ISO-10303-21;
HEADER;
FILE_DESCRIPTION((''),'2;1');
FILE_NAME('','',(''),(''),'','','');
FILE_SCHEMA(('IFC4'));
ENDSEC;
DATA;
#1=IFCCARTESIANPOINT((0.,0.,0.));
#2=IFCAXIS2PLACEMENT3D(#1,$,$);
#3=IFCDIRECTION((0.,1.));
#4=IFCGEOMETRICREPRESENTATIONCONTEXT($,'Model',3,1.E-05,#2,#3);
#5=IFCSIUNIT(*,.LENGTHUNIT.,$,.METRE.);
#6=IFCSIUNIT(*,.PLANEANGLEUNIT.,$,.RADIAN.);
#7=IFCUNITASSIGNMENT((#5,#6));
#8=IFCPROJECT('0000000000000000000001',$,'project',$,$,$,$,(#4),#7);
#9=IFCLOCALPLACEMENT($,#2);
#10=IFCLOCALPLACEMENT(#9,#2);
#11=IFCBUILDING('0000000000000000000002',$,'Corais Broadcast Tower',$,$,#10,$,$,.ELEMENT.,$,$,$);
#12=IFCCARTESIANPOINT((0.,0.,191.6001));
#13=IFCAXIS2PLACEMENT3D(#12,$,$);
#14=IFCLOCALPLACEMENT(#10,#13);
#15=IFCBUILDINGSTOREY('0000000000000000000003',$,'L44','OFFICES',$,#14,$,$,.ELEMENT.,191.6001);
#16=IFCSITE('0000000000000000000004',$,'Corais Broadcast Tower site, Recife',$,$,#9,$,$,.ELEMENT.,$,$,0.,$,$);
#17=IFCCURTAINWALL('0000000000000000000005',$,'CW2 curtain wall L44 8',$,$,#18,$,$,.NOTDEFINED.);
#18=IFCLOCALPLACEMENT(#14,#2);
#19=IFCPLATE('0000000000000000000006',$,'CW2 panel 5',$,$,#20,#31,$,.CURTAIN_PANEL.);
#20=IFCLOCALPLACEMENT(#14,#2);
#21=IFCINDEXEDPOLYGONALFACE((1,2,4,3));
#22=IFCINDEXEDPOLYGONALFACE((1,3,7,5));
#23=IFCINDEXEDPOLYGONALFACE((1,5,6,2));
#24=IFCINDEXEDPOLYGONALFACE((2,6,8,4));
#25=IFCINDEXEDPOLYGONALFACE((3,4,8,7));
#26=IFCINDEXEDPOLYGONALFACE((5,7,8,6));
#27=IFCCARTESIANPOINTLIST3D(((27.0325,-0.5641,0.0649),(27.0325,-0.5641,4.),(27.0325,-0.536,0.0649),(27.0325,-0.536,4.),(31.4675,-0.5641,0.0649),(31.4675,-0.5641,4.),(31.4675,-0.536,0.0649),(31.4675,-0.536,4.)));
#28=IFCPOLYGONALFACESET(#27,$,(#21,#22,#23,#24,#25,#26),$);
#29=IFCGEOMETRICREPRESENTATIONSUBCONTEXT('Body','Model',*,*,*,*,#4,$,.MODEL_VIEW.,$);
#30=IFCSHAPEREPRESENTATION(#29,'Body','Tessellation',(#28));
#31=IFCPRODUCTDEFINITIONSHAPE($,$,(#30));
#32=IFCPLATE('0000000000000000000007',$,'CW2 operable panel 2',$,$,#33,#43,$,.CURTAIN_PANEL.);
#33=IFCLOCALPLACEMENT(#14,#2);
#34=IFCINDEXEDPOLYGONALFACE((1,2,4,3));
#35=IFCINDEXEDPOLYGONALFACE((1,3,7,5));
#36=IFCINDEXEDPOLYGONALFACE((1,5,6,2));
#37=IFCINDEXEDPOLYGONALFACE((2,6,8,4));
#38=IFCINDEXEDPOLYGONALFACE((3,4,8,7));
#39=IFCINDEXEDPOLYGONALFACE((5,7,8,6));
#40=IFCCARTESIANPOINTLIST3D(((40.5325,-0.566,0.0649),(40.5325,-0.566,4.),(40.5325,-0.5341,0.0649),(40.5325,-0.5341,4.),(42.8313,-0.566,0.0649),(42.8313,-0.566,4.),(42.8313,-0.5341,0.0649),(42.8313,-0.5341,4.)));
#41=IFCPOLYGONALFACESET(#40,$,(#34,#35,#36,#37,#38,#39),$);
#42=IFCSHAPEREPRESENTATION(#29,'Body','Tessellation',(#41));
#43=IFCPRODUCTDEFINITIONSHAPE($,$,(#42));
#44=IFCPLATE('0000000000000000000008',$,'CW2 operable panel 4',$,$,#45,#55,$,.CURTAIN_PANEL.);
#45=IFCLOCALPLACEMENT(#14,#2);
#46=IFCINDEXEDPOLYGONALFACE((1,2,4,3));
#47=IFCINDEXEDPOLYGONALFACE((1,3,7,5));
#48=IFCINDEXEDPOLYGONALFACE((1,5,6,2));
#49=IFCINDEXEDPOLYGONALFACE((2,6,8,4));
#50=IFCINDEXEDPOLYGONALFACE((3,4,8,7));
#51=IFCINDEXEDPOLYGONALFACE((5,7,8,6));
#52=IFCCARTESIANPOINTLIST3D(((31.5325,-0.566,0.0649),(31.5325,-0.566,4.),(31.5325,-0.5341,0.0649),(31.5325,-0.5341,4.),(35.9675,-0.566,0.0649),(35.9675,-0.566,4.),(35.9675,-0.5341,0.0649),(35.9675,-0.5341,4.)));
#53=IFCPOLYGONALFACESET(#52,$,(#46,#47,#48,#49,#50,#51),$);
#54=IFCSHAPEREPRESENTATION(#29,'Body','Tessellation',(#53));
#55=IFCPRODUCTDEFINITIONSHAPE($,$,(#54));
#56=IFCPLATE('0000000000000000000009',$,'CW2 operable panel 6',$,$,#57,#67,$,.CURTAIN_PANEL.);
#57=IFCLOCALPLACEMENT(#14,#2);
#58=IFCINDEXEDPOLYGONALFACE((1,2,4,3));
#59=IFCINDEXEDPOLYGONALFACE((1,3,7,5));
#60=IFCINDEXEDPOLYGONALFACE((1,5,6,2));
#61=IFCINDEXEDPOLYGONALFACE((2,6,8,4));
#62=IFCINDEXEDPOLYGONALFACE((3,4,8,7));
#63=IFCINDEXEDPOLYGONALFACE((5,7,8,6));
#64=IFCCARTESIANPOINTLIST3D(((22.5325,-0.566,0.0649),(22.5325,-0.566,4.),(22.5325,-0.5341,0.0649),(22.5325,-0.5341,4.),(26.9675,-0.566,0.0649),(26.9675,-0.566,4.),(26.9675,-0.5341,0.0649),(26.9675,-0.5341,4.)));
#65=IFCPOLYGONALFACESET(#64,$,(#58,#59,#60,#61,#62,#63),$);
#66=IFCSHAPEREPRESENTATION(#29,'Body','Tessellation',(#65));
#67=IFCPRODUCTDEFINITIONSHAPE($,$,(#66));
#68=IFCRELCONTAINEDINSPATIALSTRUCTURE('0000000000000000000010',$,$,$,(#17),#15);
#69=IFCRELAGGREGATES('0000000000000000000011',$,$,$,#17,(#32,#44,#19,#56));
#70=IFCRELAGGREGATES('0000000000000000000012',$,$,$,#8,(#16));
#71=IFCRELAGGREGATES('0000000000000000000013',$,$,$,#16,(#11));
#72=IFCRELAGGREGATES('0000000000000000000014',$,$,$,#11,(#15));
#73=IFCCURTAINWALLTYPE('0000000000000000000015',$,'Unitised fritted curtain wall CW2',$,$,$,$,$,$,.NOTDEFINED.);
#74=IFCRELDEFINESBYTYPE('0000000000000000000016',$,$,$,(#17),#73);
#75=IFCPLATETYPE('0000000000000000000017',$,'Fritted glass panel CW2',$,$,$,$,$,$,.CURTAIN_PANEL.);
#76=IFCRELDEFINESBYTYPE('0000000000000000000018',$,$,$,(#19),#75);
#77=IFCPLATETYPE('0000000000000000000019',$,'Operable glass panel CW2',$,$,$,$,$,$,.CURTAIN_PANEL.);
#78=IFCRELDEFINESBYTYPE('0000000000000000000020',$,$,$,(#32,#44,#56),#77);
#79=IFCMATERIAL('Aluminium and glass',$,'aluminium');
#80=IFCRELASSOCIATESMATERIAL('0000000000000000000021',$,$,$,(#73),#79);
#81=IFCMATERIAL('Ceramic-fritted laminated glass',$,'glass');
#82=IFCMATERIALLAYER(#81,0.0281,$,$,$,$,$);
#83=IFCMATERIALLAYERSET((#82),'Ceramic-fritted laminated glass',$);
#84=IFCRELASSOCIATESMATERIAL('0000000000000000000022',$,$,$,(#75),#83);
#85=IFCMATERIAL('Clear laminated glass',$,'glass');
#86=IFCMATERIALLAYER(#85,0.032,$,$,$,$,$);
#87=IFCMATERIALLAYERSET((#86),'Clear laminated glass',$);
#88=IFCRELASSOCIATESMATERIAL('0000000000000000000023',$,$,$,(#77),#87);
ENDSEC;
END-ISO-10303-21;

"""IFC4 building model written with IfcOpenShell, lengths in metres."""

from ifc_helpers import new_model, si_unit, direction, frame, origin, origin_2d, place, context, subcontext, project, spatial, rectangle, extrude, material, layer, layer_set, type_object, element, aggregate, save


model = new_model("IFC4")

# Units and contexts
model_context = context("Model", 3, precision=1e-05, world=origin(), true_north=direction((0.0, 1.0)))
body_context = subcontext(model_context, "Body", "Model", "MODEL_VIEW")
ifc_project = project(units=[si_unit("LENGTHUNIT", "METRE"), si_unit("PLANEANGLEUNIT", "RADIAN")], contexts=[model_context])

# Site, building, storey
site_placement = place(None, origin())
site = spatial("IfcSite", under=ifc_project, at=site_placement, Name="Corais Broadcast Tower site, Recife", CompositionType="ELEMENT", RefElevation=0.0)
building_placement = place(site_placement, origin())
building = spatial("IfcBuilding", under=site, at=building_placement, Name="Corais Broadcast Tower", CompositionType="ELEMENT")
storey_placement = place(building_placement, frame((0.0, 0.0, 191.6001)))
storey = spatial("IfcBuildingStorey", under=building, at=storey_placement, Name="L44", Description="OFFICES", CompositionType="ELEMENT", Elevation=191.6001)

# Curtain wall
ifc_material_1 = material(Name="Aluminium and glass", Category="aluminium")
curtain_wall_type = type_object("IfcCurtainWallType", Name="Unitised fritted curtain wall CW2", PredefinedType="NOTDEFINED", material=ifc_material_1)
curtain_wall_placement = place(storey_placement, origin())
curtain_wall = element("IfcCurtainWall", 1, at=curtain_wall_placement, inside=storey, type_object=curtain_wall_type, Name="CW2 curtain wall L44 8", PredefinedType="NOTDEFINED")

# Plates
ifc_material_2 = material(Name="Ceramic-fritted laminated glass", Category="glass")
ifc_layer_1 = layer(ifc_material_2, 0.0281)
ifc_layer_set_1 = layer_set([ifc_layer_1], Name="Ceramic-fritted laminated glass")
plate_type_1 = type_object("IfcPlateType", Name="Fritted glass panel CW2", PredefinedType="CURTAIN_PANEL", material=ifc_layer_set_1)
plate_1_placement = place(storey_placement, frame((29.25, -0.55, 0.0649), z_axis=(0.0, 0.0, 1.0), x_axis=(-1.0, 0.0, 0.0)))
plate_1 = element("IfcPlate", 2, at=plate_1_placement, type_object=plate_type_1, Name="CW2 panel 5", PredefinedType="CURTAIN_PANEL", context=body_context, shape_type="SweptSolid", body=[
    extrude(rectangle(XDim=4.4351, YDim=0.0281, at=origin_2d()), origin(), (0.0, 0.0, 1.0), 3.9351),
])
ifc_material_3 = material(Name="Clear laminated glass", Category="glass")
ifc_layer_2 = layer(ifc_material_3, 0.032)
ifc_layer_set_2 = layer_set([ifc_layer_2], Name="Clear laminated glass")
plate_type_2 = type_object("IfcPlateType", Name="Operable glass panel CW2", PredefinedType="CURTAIN_PANEL", material=ifc_layer_set_2)
plate_2_placement = place(storey_placement, frame((41.6819, -0.55, 0.0649), z_axis=(0.0, 0.0, 1.0), x_axis=(-1.0, 0.0, 0.0)))
plate_2 = element("IfcPlate", 3, at=plate_2_placement, type_object=plate_type_2, Name="CW2 operable panel 2", PredefinedType="CURTAIN_PANEL", context=body_context, shape_type="SweptSolid", body=[
    extrude(rectangle(XDim=2.2988, YDim=0.032, at=origin_2d()), origin(), (0.0, 0.0, 1.0), 3.9351),
])
plate_3_placement = place(storey_placement, frame((33.75, -0.55, 0.0649), z_axis=(0.0, 0.0, 1.0), x_axis=(-1.0, 0.0, 0.0)))
plate_3 = element("IfcPlate", 4, at=plate_3_placement, type_object=plate_type_2, Name="CW2 operable panel 4", PredefinedType="CURTAIN_PANEL", context=body_context, shape_type="SweptSolid", body=[
    extrude(rectangle(XDim=4.4351, YDim=0.032, at=origin_2d()), origin(), (0.0, 0.0, 1.0), 3.9351),
])
plate_4_placement = place(storey_placement, frame((24.75, -0.55, 0.0649), z_axis=(0.0, 0.0, 1.0), x_axis=(-1.0, 0.0, 0.0)))
plate_4 = element("IfcPlate", 5, at=plate_4_placement, type_object=plate_type_2, Name="CW2 operable panel 6", PredefinedType="CURTAIN_PANEL", context=body_context, shape_type="SweptSolid", body=[
    extrude(rectangle(XDim=4.4351, YDim=0.032, at=origin_2d()), origin(), (0.0, 0.0, 1.0), 3.9351),
])
aggregate(curtain_wall, [plate_2, plate_3, plate_1, plate_4])

save(model, "model.ifc")
